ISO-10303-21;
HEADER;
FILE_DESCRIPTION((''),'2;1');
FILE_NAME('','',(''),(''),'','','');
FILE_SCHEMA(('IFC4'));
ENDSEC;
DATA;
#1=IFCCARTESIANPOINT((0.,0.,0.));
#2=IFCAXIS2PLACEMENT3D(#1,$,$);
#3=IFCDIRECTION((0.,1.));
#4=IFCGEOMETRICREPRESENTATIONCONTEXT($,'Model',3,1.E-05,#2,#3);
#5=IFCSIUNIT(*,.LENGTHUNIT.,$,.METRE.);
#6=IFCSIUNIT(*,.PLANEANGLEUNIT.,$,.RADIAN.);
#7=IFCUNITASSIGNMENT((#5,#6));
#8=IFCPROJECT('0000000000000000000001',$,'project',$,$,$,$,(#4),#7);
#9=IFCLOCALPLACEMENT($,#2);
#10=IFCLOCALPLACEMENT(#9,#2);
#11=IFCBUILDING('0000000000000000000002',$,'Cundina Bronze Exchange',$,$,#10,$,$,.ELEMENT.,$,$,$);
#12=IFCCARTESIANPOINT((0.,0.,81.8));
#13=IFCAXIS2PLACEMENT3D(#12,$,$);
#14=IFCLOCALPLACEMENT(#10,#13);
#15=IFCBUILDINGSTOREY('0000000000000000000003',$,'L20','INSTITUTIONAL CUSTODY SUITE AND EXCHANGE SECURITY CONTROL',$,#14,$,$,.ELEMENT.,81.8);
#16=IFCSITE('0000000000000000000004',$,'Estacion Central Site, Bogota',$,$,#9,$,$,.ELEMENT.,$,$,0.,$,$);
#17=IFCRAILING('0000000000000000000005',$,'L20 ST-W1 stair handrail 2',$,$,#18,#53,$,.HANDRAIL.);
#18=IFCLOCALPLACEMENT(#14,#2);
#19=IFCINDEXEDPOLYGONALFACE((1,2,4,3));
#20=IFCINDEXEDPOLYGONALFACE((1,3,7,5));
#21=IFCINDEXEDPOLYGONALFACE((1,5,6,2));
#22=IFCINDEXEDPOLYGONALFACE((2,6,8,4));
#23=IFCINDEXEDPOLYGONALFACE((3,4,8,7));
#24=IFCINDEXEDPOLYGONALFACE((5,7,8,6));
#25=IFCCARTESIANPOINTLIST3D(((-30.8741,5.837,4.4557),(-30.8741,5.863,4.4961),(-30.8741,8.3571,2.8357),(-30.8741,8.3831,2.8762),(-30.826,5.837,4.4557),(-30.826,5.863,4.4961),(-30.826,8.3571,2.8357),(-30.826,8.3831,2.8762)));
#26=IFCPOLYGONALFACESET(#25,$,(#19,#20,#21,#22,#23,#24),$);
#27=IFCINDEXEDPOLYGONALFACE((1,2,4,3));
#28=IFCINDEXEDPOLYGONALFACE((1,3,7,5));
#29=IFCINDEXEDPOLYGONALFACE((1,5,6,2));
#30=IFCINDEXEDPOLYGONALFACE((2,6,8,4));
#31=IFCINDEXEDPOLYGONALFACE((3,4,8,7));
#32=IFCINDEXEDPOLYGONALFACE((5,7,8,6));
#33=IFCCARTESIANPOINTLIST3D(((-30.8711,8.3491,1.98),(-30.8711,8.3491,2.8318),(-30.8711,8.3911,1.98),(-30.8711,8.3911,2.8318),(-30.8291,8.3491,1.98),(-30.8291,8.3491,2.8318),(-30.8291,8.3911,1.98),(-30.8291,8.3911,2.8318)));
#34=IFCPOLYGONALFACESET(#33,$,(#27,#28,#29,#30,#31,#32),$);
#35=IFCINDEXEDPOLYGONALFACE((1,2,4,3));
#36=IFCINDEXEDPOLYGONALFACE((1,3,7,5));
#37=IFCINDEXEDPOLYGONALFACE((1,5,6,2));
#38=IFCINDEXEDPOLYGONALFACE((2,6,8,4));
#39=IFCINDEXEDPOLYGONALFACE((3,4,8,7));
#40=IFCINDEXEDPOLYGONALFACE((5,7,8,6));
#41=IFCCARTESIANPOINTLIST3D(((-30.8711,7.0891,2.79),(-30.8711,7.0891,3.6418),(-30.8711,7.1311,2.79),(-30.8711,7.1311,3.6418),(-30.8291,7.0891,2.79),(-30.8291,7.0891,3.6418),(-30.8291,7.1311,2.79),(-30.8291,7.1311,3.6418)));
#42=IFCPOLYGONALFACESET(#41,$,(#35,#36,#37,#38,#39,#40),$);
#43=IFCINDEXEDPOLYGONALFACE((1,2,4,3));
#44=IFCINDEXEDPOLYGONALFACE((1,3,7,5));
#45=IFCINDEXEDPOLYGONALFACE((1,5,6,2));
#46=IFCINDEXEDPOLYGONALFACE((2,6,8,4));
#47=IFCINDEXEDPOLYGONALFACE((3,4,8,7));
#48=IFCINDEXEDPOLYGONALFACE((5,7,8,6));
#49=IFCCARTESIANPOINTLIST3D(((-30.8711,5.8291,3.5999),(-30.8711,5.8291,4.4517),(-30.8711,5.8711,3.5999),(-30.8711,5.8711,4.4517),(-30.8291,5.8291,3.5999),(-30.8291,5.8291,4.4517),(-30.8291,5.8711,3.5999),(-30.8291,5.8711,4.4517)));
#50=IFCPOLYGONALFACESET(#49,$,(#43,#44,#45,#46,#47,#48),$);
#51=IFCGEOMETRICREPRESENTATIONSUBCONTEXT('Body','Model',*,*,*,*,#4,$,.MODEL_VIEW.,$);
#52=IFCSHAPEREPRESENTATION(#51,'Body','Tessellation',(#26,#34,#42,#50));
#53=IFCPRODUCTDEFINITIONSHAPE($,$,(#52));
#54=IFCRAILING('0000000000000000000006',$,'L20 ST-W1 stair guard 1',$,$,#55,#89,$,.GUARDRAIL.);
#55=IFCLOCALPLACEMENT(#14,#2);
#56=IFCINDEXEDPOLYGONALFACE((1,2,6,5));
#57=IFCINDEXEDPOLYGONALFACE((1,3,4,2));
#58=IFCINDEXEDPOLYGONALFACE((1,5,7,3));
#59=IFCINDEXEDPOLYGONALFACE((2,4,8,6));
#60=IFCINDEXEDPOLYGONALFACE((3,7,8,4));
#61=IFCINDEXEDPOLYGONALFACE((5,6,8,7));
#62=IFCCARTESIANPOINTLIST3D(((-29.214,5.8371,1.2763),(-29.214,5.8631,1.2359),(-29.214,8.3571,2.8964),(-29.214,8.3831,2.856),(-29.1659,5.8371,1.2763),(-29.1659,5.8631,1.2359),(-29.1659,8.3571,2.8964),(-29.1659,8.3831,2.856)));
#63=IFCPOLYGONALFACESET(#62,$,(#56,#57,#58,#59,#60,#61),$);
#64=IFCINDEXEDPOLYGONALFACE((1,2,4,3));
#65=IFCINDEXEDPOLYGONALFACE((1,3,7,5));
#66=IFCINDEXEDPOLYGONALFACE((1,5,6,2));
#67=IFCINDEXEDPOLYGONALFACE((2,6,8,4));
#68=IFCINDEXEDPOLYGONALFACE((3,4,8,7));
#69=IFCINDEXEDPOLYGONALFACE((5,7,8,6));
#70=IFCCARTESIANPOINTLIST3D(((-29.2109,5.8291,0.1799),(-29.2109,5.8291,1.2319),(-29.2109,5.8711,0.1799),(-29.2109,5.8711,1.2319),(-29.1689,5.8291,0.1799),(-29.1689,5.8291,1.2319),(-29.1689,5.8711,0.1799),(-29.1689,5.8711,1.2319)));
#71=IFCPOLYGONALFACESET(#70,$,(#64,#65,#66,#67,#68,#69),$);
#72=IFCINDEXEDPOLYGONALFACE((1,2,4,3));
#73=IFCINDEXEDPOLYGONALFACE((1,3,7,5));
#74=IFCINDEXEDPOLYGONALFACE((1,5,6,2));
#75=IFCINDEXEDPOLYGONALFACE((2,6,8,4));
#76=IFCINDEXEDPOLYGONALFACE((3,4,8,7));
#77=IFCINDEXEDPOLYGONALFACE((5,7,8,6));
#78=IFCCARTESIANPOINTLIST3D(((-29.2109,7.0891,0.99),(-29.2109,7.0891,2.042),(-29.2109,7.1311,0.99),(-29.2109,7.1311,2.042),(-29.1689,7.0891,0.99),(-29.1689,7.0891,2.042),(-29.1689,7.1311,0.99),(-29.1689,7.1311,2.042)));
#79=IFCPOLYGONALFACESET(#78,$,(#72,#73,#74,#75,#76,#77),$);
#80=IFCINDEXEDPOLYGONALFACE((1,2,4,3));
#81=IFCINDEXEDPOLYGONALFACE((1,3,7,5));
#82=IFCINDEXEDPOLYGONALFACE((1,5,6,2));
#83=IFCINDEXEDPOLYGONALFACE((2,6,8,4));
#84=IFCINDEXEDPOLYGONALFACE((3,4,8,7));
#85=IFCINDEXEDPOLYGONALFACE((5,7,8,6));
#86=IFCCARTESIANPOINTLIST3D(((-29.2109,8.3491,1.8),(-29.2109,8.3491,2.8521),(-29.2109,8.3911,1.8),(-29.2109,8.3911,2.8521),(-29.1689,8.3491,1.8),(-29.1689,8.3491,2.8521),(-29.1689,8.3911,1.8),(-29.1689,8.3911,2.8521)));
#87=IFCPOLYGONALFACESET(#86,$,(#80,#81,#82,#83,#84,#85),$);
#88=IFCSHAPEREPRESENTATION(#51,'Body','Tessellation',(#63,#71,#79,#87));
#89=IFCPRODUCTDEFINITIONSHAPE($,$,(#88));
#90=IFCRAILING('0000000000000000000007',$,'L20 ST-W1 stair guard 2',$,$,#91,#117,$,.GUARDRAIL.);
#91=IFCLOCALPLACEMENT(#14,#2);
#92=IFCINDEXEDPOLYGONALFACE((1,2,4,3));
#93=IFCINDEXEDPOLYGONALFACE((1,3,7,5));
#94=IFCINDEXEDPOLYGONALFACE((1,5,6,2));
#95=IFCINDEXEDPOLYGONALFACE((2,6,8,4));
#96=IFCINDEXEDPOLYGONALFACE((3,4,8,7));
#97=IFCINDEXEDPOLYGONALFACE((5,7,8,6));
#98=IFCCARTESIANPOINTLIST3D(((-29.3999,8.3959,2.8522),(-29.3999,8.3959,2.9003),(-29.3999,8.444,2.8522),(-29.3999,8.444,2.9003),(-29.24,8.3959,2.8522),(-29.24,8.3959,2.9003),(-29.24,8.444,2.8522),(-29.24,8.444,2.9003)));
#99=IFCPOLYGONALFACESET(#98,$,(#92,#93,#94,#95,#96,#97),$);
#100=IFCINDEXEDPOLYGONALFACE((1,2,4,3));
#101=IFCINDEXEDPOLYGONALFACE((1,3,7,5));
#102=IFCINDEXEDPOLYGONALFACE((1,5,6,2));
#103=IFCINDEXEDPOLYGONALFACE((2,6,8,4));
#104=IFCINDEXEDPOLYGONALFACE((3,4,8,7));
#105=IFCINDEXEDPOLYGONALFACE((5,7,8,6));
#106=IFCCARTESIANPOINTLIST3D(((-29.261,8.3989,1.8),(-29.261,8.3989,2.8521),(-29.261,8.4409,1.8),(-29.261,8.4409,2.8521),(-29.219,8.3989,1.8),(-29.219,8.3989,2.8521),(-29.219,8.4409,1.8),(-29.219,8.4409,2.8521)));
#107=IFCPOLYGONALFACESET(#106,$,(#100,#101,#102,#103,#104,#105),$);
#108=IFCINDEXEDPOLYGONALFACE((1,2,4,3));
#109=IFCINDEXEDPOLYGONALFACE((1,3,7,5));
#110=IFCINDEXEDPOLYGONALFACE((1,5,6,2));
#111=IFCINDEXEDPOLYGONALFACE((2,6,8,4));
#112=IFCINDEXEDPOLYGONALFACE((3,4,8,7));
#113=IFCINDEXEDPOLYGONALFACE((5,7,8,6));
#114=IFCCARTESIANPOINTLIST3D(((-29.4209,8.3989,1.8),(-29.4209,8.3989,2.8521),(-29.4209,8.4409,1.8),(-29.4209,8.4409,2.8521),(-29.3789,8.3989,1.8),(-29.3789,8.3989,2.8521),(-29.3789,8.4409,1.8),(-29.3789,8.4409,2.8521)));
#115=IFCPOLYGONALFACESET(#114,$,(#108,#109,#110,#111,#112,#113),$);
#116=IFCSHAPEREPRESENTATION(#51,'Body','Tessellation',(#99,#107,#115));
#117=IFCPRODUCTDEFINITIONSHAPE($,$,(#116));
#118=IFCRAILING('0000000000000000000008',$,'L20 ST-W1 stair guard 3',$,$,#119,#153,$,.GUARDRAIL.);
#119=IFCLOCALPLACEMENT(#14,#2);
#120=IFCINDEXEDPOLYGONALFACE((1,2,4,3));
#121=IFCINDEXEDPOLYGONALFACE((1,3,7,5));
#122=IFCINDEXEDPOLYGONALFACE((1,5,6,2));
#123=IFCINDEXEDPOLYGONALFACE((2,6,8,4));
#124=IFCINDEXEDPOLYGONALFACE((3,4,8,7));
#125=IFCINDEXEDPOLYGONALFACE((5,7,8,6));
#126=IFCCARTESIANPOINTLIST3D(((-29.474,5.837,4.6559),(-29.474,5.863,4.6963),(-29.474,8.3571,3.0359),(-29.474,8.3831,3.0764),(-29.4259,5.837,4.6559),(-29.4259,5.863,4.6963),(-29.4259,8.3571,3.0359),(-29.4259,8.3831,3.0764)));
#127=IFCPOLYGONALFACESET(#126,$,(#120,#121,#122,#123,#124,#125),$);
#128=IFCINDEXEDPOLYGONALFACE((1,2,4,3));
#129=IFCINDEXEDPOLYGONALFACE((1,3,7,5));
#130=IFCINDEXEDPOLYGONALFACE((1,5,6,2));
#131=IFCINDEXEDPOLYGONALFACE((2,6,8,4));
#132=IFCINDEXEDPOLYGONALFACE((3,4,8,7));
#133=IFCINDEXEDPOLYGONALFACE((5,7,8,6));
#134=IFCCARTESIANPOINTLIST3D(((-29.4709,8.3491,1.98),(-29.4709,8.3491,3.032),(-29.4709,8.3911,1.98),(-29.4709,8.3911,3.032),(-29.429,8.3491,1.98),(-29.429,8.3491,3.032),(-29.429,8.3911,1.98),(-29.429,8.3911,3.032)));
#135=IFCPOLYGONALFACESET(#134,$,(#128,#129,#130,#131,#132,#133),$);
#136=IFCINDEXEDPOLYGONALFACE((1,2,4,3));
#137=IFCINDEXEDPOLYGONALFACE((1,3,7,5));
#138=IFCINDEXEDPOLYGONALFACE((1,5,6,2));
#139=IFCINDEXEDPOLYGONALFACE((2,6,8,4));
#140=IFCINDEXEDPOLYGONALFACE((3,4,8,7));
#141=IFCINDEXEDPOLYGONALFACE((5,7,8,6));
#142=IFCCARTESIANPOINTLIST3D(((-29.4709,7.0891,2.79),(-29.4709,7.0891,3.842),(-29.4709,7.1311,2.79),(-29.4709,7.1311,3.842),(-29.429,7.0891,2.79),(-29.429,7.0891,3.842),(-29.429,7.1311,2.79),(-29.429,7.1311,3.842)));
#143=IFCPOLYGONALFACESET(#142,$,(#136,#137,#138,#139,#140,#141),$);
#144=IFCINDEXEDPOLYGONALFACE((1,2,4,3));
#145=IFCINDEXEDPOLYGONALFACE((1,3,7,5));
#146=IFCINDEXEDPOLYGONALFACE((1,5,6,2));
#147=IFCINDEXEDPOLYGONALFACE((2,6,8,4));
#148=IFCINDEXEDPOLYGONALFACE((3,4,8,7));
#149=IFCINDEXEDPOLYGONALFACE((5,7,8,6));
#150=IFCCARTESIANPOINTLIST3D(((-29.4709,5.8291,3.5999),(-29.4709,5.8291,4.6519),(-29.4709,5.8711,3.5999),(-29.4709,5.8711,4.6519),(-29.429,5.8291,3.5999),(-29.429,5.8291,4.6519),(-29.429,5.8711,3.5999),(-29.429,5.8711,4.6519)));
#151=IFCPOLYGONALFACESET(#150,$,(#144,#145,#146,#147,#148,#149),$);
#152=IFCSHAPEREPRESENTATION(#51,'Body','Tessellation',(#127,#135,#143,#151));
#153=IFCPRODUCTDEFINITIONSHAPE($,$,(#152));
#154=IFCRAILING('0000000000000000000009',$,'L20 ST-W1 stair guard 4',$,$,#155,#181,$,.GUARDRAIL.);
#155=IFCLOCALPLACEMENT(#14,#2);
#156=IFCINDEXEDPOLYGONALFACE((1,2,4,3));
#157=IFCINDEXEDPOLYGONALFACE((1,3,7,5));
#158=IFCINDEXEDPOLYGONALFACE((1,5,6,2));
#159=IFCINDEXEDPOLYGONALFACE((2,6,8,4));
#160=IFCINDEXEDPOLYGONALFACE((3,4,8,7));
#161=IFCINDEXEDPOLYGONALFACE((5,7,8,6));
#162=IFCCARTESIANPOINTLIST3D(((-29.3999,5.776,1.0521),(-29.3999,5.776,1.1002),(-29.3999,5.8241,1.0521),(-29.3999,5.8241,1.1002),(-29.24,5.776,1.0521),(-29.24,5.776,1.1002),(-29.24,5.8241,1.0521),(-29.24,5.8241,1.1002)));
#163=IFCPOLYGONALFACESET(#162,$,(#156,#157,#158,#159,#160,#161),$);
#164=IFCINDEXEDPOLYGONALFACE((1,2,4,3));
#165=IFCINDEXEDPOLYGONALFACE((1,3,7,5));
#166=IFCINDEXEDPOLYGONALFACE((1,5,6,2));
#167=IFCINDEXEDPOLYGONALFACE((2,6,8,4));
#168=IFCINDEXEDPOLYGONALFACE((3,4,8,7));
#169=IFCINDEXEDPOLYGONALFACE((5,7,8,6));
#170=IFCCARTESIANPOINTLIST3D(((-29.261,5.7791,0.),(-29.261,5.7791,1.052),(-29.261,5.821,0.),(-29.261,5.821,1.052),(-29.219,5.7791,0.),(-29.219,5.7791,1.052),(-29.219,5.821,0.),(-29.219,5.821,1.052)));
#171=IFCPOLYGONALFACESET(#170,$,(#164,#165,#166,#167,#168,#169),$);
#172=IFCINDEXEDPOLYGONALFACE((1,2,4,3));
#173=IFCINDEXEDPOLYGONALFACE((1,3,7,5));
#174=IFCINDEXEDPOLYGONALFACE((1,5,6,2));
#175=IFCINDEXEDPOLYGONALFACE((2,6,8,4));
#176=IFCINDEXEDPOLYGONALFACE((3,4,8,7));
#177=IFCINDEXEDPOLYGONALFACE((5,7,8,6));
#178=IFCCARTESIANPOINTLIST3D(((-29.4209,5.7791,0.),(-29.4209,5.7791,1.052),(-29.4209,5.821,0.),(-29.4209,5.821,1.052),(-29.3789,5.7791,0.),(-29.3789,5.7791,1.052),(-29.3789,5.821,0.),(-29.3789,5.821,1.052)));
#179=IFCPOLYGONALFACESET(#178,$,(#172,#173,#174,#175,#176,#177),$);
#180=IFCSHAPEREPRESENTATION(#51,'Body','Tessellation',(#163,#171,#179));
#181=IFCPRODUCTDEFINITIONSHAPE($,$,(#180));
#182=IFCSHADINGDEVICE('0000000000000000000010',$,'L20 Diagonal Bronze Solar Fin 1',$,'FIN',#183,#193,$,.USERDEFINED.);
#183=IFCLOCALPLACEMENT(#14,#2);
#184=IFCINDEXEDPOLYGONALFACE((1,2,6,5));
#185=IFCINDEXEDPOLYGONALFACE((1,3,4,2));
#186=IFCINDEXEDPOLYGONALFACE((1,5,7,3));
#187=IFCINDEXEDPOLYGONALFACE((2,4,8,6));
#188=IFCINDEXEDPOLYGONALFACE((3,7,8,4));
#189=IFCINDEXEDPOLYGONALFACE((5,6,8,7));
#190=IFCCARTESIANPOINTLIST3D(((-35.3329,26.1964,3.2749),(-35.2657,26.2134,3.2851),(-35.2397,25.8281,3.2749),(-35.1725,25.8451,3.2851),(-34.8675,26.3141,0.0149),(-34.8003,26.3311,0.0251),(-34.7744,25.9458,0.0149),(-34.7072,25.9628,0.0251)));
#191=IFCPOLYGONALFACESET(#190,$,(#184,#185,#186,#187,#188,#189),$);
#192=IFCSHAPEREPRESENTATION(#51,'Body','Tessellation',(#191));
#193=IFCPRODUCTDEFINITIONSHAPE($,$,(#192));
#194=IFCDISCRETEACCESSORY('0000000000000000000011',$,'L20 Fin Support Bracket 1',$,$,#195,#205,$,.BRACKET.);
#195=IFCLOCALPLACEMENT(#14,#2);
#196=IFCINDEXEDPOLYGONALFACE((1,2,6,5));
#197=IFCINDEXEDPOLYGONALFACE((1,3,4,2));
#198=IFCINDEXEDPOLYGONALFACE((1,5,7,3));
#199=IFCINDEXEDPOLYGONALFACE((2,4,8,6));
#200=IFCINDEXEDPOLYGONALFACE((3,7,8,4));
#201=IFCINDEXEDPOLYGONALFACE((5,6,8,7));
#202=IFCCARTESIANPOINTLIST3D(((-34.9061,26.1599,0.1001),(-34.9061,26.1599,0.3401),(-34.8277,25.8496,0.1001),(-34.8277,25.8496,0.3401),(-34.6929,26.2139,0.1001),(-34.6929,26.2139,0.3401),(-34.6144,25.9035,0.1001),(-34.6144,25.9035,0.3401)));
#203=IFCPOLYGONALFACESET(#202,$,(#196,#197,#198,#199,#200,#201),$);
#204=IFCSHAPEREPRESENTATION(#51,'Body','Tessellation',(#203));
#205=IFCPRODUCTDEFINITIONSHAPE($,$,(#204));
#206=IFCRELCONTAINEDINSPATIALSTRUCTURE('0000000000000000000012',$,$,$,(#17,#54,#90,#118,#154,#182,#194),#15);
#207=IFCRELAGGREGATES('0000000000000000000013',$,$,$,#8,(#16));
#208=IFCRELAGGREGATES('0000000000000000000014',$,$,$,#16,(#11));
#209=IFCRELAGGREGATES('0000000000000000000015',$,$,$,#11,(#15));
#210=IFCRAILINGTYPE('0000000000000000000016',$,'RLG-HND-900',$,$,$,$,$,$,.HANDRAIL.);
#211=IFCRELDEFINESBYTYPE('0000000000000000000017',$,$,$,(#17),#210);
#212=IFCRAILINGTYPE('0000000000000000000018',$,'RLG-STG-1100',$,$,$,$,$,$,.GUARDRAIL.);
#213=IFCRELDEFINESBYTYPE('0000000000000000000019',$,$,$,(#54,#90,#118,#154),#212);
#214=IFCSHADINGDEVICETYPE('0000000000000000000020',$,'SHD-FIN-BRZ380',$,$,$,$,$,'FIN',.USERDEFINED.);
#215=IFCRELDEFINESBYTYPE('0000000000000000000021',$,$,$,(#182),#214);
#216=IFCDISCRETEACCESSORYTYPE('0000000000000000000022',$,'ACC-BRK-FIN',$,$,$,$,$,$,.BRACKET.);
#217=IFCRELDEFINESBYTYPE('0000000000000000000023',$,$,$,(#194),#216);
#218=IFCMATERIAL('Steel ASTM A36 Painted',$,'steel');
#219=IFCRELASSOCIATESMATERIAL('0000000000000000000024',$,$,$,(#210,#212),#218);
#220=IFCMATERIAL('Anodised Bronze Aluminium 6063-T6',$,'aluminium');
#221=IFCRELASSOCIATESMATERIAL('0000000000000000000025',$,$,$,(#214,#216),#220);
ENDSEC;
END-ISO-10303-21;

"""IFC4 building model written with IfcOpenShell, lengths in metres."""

from ifc_helpers import new_model, si_unit, direction, frame, origin, origin_2d, place, context, subcontext, project, spatial, rectangle, extrude, material, material_profile, profile_set, type_object, element, save


model = new_model("IFC4")

# Units and contexts
model_context = context("Model", 3, precision=1e-05, world=origin(), true_north=direction((0.0, 1.0)))
body_context = subcontext(model_context, "Body", "Model", "MODEL_VIEW")
ifc_project = project(units=[si_unit("LENGTHUNIT", "METRE"), si_unit("PLANEANGLEUNIT", "RADIAN")], contexts=[model_context])

# Site, building, storey
site_placement = place(None, origin())
site = spatial("IfcSite", under=ifc_project, at=site_placement, Name="Estacion Central Site, Bogota", CompositionType="ELEMENT", RefElevation=0.0)
building_placement = place(site_placement, origin())
building = spatial("IfcBuilding", under=site, at=building_placement, Name="Cundina Bronze Exchange", CompositionType="ELEMENT")
storey_placement = place(building_placement, frame((0.0, 0.0, 81.8)))
storey = spatial("IfcBuildingStorey", under=building, at=storey_placement, Name="L20", Description="INSTITUTIONAL CUSTODY SUITE AND EXCHANGE SECURITY CONTROL", CompositionType="ELEMENT", Elevation=81.8)

# Shared definitions
ifc_material_1 = material(Name="Anodised Bronze Aluminium 6063-T6", Category="aluminium")

# Shared definitions
ifc_material_2 = material(Name="Steel ASTM A36 Painted", Category="steel")

# Railings
railing_type_1 = type_object("IfcRailingType", Name="RLG-HND-900", PredefinedType="HANDRAIL", material=ifc_material_2)
railing_1_placement = place(storey_placement, frame((-30.8501, 8.3701, 1.98)))
element("IfcRailing", 1, at=railing_1_placement, inside=storey, type_object=railing_type_1, Name="L20 ST-W1 stair handrail 2", PredefinedType="HANDRAIL", context=body_context, shape_type="SweptSolid", body=[
    extrude(rectangle(XDim=0.0481, YDim=0.0481, at=origin_2d()), frame((0.0, 0.0, 0.876), z_axis=(0.0, -0.8412, 0.540725), x_axis=(1.0, 0.0, 0.0)), (0.0, 0.0, 1.0), 2.9958),
    extrude(rectangle(XDim=0.042, YDim=0.042, at=origin_2d()), origin(), (0.0, 0.0, 1.0), 0.8518),
    extrude(rectangle(XDim=0.042, YDim=0.042, at=origin_2d()), frame((0.0, -1.26, 0.8101)), (0.0, 0.0, 1.0), 0.8518),
    extrude(rectangle(XDim=0.042, YDim=0.042, at=origin_2d()), frame((0.0, -2.52, 1.6199)), (0.0, 0.0, 1.0), 0.8518),
])
railing_type_2 = type_object("IfcRailingType", Name="RLG-STG-1100", PredefinedType="GUARDRAIL", material=ifc_material_2)
railing_2_placement = place(storey_placement, frame((-29.1899, 5.8501, 0.1799)))
element("IfcRailing", 2, at=railing_2_placement, inside=storey, type_object=railing_type_2, Name="L20 ST-W1 stair guard 1", PredefinedType="GUARDRAIL", context=body_context, shape_type="SweptSolid", body=[
    extrude(rectangle(XDim=0.0481, YDim=0.0481, at=origin_2d()), frame((0.0, 0.0, 1.0762), z_axis=(0.0, 0.841163, 0.540782), x_axis=(-1.0, 0.0, 0.0)), (0.0, 0.0, 1.0), 2.9958),
    extrude(rectangle(XDim=0.042, YDim=0.042, at=origin_2d()), origin(), (0.0, 0.0, 1.0), 1.052),
    extrude(rectangle(XDim=0.042, YDim=0.042, at=origin_2d()), frame((0.0, 1.26, 0.8101)), (0.0, 0.0, 1.0), 1.052),
    extrude(rectangle(XDim=0.042, YDim=0.042, at=origin_2d()), frame((0.0, 2.52, 1.6201)), (0.0, 0.0, 1.0), 1.052),
])
railing_3_placement = place(storey_placement, frame((-29.24, 8.4199, 1.8)))
element("IfcRailing", 3, at=railing_3_placement, inside=storey, type_object=railing_type_2, Name="L20 ST-W1 stair guard 2", PredefinedType="GUARDRAIL", context=body_context, shape_type="SweptSolid", body=[
    extrude(rectangle(XDim=0.0481, YDim=0.0481, at=origin_2d()), frame((0.0, 0.0, 1.0762), z_axis=(-1.0, 0.0, 0.0), x_axis=(0.0, -1.0, 0.0)), (0.0, 0.0, 1.0), 0.1599),
    extrude(rectangle(XDim=0.042, YDim=0.042, at=origin_2d()), origin(), (0.0, 0.0, 1.0), 1.052),
    extrude(rectangle(XDim=0.042, YDim=0.042, at=origin_2d()), frame((-0.1599, 0.0, 0.0)), (0.0, 0.0, 1.0), 1.052),
])
railing_4_placement = place(storey_placement, frame((-29.45, 8.3701, 1.98)))
element("IfcRailing", 4, at=railing_4_placement, inside=storey, type_object=railing_type_2, Name="L20 ST-W1 stair guard 3", PredefinedType="GUARDRAIL", context=body_context, shape_type="SweptSolid", body=[
    extrude(rectangle(XDim=0.0481, YDim=0.0481, at=origin_2d()), frame((0.0, 0.0, 1.0762), z_axis=(0.0, -0.8412, 0.540725), x_axis=(1.0, 0.0, 0.0)), (0.0, 0.0, 1.0), 2.9958),
    extrude(rectangle(XDim=0.042, YDim=0.042, at=origin_2d()), origin(), (0.0, 0.0, 1.0), 1.052),
    extrude(rectangle(XDim=0.042, YDim=0.042, at=origin_2d()), frame((0.0, -1.26, 0.8101)), (0.0, 0.0, 1.0), 1.052),
    extrude(rectangle(XDim=0.042, YDim=0.042, at=origin_2d()), frame((0.0, -2.52, 1.6199)), (0.0, 0.0, 1.0), 1.052),
])
railing_5_placement = place(storey_placement, frame((-29.24, 5.8, 0.0)))
element("IfcRailing", 5, at=railing_5_placement, inside=storey, type_object=railing_type_2, Name="L20 ST-W1 stair guard 4", PredefinedType="GUARDRAIL", context=body_context, shape_type="SweptSolid", body=[
    extrude(rectangle(XDim=0.0481, YDim=0.0481, at=origin_2d()), frame((0.0, 0.0, 1.0762), z_axis=(-1.0, 0.0, 0.0), x_axis=(0.0, -1.0, 0.0)), (0.0, 0.0, 1.0), 0.1599),
    extrude(rectangle(XDim=0.042, YDim=0.042, at=origin_2d()), origin(), (0.0, 0.0, 1.0), 1.052),
    extrude(rectangle(XDim=0.042, YDim=0.042, at=origin_2d()), frame((-0.1599, 0.0, 0.0)), (0.0, 0.0, 1.0), 1.052),
])

# Shading device
ifc_material_profile_1 = material_profile(ifc_material_1, rectangle(XDim=0.0701, YDim=0.3799, at=origin_2d()), Name="FIN70X380", Category="aluminium")
ifc_profile_set_1 = profile_set([ifc_material_profile_1], Name="Anodised Bronze Aluminium 6063-T6")
shading_device_type = type_object("IfcShadingDeviceType", Name="SHD-FIN-BRZ380", ElementType="FIN", PredefinedType="USERDEFINED", material=ifc_profile_set_1)
shading_device_placement = place(storey_placement, frame((-34.7874, 26.1384, 0.02), z_axis=(-0.141217, -0.035712, 0.989334), x_axis=(0.959141, 0.242553, 0.145663)))
element("IfcShadingDevice", 6, at=shading_device_placement, inside=storey, type_object=shading_device_type, Name="L20 Diagonal Bronze Solar Fin 1", ObjectType="FIN", PredefinedType="USERDEFINED", context=body_context, shape_type="SweptSolid", body=[
    extrude(rectangle(XDim=0.0701, YDim=0.3799, at=origin_2d()), origin(), (0.0, 0.0, 1.0), 3.2952),
])

# Discrete accessory
discrete_accessory_type = type_object("IfcDiscreteAccessoryType", Name="ACC-BRK-FIN", PredefinedType="BRACKET", material=ifc_material_1)
discrete_accessory_placement = place(storey_placement, frame((-34.7603, 26.0317, 0.1001), z_axis=(0.0, 0.0, 1.0), x_axis=(-0.969488, -0.245138, 0.0)))
element("IfcDiscreteAccessory", 7, at=discrete_accessory_placement, inside=storey, type_object=discrete_accessory_type, Name="L20 Fin Support Bracket 1", PredefinedType="BRACKET", context=body_context, shape_type="SweptSolid", body=[
    extrude(rectangle(XDim=0.22, YDim=0.3201, at=origin_2d()), origin(), (0.0, 0.0, 1.0), 0.24),
])

save(model, "model.ifc")
